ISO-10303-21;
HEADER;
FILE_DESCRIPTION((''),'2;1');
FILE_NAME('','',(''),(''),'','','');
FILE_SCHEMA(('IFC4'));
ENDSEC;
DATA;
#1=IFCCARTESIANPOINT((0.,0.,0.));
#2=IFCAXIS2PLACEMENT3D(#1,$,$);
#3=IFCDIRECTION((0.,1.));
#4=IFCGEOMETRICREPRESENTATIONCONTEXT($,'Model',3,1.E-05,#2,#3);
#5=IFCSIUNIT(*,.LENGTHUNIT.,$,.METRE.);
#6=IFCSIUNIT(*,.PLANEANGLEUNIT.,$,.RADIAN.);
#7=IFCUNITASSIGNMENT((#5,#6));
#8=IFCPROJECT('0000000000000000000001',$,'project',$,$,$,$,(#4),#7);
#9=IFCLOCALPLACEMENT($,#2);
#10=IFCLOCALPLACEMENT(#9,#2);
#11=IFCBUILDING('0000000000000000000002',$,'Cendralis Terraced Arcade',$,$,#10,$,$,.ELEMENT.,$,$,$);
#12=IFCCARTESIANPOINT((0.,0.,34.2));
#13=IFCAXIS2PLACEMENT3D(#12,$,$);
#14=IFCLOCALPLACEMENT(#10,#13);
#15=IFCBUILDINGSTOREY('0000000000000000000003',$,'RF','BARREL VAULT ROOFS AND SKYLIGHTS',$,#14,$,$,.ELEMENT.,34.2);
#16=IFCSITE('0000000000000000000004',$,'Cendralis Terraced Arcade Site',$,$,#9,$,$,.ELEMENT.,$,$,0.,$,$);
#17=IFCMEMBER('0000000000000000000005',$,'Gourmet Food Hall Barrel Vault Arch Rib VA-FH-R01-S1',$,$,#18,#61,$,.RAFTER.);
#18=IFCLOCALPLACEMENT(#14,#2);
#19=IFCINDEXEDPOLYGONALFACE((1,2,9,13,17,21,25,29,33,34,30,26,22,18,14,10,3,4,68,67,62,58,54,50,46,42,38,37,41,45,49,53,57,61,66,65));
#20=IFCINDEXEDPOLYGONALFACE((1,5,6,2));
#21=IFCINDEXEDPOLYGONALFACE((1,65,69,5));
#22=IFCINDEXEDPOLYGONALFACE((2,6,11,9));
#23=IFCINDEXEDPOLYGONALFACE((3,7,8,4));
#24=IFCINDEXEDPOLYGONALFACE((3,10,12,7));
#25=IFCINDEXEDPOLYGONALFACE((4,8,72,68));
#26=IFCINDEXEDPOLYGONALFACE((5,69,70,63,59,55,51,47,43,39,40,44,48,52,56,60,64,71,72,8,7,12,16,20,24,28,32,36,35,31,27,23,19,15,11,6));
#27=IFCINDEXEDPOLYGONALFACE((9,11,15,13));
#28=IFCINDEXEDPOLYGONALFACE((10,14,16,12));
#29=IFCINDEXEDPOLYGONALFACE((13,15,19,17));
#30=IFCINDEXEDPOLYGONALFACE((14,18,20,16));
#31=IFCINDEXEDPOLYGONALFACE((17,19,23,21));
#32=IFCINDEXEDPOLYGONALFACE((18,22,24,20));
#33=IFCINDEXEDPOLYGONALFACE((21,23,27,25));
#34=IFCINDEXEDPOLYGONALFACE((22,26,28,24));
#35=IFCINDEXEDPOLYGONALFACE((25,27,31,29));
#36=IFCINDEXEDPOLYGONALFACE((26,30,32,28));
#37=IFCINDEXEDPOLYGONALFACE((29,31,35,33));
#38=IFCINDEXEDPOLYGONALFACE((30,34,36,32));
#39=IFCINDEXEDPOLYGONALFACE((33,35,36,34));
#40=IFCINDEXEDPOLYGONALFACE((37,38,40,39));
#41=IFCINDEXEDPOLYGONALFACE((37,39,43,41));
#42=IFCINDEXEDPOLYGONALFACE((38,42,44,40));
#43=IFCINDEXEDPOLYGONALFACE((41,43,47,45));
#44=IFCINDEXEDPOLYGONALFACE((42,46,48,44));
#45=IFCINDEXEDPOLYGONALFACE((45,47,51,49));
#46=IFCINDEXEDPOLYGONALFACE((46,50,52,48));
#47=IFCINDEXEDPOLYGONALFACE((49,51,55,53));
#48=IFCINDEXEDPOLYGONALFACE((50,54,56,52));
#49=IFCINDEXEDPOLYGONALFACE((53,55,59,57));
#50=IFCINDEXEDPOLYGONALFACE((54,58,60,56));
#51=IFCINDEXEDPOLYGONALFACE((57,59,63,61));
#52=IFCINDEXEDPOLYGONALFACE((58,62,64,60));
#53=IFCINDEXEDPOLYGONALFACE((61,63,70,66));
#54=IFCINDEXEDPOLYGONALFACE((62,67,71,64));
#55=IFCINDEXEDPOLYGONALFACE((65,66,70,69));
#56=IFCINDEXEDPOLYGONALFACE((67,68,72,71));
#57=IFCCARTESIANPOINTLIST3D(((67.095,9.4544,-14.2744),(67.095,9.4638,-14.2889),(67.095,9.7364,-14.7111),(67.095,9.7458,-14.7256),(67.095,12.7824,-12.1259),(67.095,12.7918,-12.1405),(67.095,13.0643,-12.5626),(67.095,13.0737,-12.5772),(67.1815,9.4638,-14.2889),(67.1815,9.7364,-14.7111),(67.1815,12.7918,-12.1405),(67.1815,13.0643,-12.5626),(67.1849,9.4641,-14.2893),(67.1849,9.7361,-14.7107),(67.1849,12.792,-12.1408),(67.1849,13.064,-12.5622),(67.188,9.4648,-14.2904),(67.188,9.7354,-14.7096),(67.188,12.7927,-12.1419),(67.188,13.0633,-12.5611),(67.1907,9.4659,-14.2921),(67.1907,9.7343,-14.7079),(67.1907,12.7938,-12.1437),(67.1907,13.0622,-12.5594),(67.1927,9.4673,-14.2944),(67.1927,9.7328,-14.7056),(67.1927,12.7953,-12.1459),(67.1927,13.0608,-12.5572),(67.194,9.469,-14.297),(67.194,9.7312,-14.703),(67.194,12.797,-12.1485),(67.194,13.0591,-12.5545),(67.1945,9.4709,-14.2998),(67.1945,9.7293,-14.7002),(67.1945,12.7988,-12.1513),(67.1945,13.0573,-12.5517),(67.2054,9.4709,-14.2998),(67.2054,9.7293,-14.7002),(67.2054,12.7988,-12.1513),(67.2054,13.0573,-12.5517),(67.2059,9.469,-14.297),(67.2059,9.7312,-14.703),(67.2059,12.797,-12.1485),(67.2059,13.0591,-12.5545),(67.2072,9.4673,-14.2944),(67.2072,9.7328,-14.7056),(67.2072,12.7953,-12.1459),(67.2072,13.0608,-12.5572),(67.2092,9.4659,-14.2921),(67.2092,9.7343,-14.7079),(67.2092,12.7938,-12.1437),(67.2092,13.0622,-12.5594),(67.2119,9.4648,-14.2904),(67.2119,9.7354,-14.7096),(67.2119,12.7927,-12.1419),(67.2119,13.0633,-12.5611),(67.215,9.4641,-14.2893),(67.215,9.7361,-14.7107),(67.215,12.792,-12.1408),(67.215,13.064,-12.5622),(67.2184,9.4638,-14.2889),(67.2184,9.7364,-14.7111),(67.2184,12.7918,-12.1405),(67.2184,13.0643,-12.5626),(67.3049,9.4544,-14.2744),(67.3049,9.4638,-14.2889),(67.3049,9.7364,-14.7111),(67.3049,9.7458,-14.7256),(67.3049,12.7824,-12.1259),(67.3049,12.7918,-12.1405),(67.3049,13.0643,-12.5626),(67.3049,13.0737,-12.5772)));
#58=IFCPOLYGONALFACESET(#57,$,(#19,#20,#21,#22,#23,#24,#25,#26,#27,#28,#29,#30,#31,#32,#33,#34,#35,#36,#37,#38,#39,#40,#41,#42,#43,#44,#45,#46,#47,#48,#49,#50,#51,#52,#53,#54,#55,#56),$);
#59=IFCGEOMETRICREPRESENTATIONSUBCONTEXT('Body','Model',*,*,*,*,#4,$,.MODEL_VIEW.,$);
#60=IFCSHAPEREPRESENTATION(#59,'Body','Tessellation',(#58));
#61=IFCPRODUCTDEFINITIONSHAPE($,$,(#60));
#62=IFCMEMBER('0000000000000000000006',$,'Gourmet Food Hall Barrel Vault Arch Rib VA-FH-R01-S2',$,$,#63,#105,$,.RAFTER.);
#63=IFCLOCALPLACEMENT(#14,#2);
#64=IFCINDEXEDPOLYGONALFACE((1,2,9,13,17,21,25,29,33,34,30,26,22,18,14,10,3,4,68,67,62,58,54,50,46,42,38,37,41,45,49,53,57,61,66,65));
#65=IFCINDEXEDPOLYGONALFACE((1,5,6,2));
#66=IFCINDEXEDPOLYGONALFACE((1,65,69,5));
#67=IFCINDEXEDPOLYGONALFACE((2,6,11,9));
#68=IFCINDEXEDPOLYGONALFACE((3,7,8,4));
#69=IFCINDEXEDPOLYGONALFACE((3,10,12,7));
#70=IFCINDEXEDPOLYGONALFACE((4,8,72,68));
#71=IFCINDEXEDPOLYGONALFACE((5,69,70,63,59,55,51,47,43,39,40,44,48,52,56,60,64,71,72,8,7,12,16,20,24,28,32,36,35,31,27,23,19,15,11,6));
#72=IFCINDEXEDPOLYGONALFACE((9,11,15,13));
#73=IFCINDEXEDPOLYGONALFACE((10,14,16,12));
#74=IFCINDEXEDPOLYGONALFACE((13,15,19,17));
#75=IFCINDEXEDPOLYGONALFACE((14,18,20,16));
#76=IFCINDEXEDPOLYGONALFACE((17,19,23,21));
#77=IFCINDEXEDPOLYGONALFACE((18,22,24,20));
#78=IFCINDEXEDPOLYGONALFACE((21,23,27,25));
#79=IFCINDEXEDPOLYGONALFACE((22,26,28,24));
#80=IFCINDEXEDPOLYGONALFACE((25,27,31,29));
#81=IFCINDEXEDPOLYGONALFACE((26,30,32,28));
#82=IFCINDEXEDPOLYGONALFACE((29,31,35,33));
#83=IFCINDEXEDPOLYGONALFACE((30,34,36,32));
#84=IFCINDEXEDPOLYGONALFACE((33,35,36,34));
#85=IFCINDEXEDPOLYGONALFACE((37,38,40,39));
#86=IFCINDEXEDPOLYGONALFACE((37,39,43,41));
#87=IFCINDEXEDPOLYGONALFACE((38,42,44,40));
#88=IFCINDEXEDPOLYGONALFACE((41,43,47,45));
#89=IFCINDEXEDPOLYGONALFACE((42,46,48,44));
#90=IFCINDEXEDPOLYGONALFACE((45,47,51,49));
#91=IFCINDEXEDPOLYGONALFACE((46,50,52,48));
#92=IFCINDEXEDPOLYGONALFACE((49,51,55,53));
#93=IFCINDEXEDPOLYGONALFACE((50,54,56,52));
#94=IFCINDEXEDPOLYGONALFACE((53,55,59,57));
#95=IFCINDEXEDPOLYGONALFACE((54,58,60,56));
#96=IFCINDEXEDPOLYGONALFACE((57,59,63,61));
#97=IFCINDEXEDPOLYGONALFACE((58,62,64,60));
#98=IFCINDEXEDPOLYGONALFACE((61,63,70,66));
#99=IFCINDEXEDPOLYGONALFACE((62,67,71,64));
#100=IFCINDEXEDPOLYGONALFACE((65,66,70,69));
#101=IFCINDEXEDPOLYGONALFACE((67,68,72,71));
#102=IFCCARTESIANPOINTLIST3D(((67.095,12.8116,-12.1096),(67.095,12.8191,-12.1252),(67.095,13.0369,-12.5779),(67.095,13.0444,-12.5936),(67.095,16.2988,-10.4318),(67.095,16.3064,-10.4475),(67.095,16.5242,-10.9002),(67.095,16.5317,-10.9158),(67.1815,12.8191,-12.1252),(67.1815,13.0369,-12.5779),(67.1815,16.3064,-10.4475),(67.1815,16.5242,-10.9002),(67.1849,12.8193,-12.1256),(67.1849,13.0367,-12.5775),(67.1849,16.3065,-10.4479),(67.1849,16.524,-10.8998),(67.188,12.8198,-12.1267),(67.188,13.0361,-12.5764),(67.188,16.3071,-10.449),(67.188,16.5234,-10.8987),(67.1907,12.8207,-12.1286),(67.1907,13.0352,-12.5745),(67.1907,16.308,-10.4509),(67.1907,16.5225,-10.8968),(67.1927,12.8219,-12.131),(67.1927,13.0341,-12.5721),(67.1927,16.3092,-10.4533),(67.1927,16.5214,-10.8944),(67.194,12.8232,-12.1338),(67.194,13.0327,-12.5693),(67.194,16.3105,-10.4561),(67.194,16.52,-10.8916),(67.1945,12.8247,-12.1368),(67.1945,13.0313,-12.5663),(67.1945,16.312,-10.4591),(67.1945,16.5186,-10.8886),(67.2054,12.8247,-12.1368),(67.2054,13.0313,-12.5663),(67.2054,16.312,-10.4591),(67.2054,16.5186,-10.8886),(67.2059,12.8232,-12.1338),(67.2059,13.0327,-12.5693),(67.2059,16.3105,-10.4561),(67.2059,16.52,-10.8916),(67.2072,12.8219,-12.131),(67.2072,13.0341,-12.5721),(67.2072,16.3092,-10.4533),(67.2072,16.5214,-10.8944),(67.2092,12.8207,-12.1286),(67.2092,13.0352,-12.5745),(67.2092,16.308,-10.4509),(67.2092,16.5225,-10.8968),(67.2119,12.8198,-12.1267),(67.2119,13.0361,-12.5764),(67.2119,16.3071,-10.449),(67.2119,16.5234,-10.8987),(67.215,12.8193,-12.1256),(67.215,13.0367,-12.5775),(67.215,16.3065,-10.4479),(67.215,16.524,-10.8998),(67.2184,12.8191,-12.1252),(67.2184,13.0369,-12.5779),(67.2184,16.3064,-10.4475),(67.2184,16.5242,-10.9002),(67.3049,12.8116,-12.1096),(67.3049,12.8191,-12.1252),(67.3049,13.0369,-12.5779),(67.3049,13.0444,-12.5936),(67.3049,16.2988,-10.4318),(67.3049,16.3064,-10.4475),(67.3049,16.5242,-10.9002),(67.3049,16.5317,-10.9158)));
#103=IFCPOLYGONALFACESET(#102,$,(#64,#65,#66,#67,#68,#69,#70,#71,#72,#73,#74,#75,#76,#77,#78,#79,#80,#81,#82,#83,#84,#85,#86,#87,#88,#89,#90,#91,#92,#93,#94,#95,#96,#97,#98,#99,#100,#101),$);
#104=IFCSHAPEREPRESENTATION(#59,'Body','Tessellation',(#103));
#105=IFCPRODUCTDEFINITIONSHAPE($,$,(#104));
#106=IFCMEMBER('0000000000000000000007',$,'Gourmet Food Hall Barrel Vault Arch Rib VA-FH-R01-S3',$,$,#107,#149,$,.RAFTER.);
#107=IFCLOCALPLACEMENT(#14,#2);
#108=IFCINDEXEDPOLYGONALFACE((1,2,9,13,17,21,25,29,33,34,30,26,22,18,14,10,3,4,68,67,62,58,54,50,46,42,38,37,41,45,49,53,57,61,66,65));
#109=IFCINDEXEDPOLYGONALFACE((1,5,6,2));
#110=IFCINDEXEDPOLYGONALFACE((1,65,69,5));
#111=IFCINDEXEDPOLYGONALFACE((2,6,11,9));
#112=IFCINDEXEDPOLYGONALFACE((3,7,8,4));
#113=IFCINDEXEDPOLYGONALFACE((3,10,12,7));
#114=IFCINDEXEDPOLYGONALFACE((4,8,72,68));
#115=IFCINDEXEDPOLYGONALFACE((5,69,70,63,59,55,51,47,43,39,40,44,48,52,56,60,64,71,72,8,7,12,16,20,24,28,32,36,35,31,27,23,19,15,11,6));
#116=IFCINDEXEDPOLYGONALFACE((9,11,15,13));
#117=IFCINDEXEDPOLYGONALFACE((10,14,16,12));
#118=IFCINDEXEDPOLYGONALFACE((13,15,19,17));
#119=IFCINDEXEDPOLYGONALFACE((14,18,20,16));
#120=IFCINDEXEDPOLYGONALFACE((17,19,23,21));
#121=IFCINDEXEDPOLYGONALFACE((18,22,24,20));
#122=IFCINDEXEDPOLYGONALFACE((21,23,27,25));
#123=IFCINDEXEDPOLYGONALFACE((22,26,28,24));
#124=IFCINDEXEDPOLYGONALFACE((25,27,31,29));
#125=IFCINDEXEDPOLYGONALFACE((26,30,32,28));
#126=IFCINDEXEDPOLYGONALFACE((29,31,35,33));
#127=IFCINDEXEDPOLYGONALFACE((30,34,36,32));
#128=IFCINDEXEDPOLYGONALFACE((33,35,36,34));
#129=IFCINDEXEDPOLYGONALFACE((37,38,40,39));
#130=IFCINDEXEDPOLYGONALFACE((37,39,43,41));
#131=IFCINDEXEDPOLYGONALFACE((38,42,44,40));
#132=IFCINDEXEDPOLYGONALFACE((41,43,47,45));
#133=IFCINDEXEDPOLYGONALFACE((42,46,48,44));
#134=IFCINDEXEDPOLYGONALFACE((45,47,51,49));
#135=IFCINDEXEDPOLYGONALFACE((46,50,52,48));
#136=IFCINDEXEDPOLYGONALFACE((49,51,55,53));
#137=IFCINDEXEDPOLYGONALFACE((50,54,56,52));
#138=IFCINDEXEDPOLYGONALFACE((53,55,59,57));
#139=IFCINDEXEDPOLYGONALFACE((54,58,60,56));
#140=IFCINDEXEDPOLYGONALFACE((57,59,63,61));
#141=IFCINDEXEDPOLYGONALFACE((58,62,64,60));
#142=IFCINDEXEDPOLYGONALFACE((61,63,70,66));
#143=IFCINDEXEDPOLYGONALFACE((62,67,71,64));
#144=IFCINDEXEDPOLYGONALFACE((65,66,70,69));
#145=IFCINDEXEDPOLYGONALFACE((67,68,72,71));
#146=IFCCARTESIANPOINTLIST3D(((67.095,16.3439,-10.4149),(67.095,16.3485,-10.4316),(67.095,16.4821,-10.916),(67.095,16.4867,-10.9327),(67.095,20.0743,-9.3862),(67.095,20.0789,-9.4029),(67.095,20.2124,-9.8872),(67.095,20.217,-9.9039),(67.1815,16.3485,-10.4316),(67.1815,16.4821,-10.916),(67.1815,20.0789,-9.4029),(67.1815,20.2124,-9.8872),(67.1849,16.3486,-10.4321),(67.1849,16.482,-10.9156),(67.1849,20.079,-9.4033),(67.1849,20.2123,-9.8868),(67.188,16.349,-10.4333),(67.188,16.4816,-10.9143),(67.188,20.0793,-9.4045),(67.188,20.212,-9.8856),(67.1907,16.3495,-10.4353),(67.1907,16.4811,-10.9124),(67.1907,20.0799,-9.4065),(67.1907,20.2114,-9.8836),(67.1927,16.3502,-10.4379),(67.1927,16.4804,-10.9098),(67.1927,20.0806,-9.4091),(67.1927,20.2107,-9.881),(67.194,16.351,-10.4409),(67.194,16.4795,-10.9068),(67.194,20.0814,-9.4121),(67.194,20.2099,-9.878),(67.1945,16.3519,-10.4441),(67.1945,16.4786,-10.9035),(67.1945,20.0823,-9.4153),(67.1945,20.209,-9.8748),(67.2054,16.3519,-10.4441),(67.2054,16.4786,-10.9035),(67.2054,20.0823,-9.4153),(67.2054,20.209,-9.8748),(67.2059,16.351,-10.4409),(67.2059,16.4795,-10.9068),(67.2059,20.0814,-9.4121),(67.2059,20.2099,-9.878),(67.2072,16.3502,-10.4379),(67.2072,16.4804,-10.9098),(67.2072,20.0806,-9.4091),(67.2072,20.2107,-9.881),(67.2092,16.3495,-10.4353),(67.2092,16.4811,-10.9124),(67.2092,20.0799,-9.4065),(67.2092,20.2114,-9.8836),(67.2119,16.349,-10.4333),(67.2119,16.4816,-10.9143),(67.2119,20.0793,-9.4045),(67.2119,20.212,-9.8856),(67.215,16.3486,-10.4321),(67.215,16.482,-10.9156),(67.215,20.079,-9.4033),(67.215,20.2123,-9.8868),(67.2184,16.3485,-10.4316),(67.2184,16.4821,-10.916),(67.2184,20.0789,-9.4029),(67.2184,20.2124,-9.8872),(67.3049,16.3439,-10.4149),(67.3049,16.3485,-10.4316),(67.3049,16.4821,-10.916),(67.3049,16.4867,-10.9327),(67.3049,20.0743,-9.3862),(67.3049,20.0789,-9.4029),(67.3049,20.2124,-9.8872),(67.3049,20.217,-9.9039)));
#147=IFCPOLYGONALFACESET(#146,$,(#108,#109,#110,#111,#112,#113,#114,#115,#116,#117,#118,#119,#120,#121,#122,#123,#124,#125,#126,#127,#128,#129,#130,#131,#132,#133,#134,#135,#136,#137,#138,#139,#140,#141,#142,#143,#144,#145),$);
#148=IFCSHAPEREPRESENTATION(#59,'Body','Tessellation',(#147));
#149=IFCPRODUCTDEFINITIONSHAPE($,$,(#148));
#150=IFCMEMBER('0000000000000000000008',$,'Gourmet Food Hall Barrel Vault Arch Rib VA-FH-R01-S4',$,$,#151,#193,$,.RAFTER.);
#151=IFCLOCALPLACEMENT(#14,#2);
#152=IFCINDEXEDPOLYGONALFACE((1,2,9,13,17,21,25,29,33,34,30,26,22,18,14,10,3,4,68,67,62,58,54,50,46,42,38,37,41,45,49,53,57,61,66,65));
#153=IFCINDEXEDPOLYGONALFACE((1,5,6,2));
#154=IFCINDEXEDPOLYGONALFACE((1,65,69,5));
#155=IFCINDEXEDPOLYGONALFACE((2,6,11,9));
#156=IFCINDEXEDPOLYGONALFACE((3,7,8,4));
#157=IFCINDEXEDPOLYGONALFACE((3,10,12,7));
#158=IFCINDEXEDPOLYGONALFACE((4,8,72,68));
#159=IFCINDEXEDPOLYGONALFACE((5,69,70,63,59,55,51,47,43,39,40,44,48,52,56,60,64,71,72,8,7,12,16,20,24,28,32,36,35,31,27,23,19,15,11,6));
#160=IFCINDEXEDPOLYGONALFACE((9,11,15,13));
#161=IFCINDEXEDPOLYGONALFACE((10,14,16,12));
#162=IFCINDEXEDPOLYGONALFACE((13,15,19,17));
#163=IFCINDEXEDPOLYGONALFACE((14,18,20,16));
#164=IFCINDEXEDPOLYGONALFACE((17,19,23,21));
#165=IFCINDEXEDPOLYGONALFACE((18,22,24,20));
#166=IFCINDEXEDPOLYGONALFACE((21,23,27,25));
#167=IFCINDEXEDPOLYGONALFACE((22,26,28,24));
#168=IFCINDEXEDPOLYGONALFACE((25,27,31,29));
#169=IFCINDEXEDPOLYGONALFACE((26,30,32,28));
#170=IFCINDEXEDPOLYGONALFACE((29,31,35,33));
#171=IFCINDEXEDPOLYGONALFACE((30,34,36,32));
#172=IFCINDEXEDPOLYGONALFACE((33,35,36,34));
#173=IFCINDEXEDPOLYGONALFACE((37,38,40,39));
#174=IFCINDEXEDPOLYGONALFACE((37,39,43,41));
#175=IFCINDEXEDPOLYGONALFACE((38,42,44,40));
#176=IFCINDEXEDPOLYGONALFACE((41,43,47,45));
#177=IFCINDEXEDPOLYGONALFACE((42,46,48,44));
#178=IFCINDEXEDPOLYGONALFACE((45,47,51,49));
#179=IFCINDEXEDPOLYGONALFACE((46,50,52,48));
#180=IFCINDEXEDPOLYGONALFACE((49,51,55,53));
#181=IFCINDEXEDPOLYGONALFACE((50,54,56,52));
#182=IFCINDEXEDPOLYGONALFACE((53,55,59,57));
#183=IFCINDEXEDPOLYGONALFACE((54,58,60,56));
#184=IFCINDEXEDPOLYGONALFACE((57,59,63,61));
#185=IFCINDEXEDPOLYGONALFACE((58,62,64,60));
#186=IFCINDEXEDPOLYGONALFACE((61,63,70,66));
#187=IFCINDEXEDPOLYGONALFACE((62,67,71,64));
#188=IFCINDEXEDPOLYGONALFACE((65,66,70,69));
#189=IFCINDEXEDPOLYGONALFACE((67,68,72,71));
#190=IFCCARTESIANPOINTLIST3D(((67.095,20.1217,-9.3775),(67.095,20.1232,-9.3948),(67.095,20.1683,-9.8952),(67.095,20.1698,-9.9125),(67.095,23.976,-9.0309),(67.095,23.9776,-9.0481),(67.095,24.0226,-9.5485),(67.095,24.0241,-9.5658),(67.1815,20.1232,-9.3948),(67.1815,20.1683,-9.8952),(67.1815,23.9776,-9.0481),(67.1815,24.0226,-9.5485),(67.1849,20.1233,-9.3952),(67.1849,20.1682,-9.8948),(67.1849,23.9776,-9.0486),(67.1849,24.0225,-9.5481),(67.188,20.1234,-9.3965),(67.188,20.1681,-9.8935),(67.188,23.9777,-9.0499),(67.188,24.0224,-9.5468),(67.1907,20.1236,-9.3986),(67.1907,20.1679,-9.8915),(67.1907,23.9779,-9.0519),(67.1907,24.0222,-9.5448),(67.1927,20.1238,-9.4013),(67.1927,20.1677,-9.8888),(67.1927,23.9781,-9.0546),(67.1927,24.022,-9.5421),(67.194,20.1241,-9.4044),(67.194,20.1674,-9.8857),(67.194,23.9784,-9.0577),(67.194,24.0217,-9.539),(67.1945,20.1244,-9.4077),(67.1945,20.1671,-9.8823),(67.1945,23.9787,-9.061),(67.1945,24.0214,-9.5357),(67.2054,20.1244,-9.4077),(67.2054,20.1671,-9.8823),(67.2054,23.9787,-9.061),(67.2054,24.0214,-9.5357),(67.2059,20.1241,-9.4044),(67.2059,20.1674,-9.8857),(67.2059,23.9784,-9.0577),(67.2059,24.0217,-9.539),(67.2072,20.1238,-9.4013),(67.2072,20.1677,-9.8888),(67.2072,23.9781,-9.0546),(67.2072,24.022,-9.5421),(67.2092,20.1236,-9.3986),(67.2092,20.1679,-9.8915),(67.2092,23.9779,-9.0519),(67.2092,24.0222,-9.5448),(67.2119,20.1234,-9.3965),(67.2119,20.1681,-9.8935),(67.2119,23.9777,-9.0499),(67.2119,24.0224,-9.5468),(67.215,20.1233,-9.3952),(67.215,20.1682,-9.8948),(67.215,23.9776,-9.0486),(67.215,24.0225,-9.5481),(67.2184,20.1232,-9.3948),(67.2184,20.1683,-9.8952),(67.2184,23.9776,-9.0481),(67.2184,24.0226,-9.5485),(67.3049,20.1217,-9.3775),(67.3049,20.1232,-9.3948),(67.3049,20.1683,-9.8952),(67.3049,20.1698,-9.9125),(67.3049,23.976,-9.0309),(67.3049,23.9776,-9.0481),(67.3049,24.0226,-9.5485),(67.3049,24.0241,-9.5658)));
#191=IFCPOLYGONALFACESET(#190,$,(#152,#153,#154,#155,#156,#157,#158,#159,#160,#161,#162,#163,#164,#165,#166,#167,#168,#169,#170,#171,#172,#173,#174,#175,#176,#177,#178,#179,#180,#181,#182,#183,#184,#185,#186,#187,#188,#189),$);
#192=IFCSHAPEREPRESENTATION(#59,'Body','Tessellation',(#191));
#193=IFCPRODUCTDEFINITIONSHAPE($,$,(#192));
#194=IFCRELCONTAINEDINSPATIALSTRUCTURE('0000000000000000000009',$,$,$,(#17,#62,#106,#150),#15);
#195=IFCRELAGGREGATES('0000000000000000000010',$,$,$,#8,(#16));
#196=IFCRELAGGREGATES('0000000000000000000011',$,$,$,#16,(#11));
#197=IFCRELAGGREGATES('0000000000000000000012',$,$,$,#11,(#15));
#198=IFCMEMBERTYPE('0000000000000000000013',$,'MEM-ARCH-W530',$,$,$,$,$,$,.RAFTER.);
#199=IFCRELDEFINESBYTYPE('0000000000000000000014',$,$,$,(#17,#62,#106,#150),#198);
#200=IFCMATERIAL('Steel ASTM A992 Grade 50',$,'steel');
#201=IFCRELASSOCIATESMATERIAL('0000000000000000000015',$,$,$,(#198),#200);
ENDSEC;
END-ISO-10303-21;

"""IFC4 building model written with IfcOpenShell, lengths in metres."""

from ifc_helpers import new_model, si_unit, direction, frame, origin, origin_2d, place, context, subcontext, project, spatial, i_section, extrude, material, material_profile, profile_set, type_object, element, save


model = new_model("IFC4")

# Units and contexts
model_context = context("Model", 3, precision=1e-05, world=origin(), true_north=direction((0.0, 1.0)))
body_context = subcontext(model_context, "Body", "Model", "MODEL_VIEW")
ifc_project = project(units=[si_unit("LENGTHUNIT", "METRE"), si_unit("PLANEANGLEUNIT", "RADIAN")], contexts=[model_context])

# Site, building, storey
site_placement = place(None, origin())
site = spatial("IfcSite", under=ifc_project, at=site_placement, Name="Cendralis Terraced Arcade Site", CompositionType="ELEMENT", RefElevation=0.0)
building_placement = place(site_placement, origin())
building = spatial("IfcBuilding", under=site, at=building_placement, Name="Cendralis Terraced Arcade", CompositionType="ELEMENT")
storey_placement = place(building_placement, frame((0.0, 0.0, 34.2)))
storey = spatial("IfcBuildingStorey", under=building, at=storey_placement, Name="RF", Description="BARREL VAULT ROOFS AND SKYLIGHTS", CompositionType="ELEMENT", Elevation=34.2)

# Members
ifc_material_1 = material(Name="Steel ASTM A992 Grade 50", Category="steel")
ifc_material_profile_1 = material_profile(ifc_material_1, i_section(OverallWidth=0.21, OverallDepth=0.5371, WebThickness=0.011, FlangeThickness=0.0173, FilletRadius=0.0129, at=origin_2d()), Name="W530X101", Category="LoadBearing")
ifc_profile_set_1 = profile_set([ifc_material_profile_1], Name="Steel ASTM A992 Grade 50")
member_type_1 = type_object("IfcMemberType", Name="MEM-ARCH-W530", PredefinedType="RAFTER", material=ifc_profile_set_1)
member_1_placement = place(storey_placement, frame((67.2, 9.6001, -14.5), z_axis=(0.0, 0.840134, 0.54238), x_axis=(-1.0, 0.0, 0.0)))
element("IfcMember", 1, at=member_1_placement, inside=storey, type_object=member_type_1, Name="Gourmet Food Hall Barrel Vault Arch Rib VA-FH-R01-S1", PredefinedType="RAFTER", context=body_context, shape_type="SweptSolid", body=[
    extrude(i_section(OverallWidth=0.21, OverallDepth=0.5371, WebThickness=0.011, FlangeThickness=0.0173, FilletRadius=0.0129, at=origin_2d()), origin(), (0.0, 0.0, 1.0), 3.9612),
])
member_2_placement = place(storey_placement, frame((67.2, 12.928, -12.3516), z_axis=(0.0, 0.901137, 0.433535), x_axis=(-1.0, 0.0, 0.0)))
element("IfcMember", 2, at=member_2_placement, inside=storey, type_object=member_type_1, Name="Gourmet Food Hall Barrel Vault Arch Rib VA-FH-R01-S2", PredefinedType="RAFTER", context=body_context, shape_type="SweptSolid", body=[
    extrude(i_section(OverallWidth=0.21, OverallDepth=0.5371, WebThickness=0.011, FlangeThickness=0.0173, FilletRadius=0.0129, at=origin_2d()), origin(), (0.0, 0.0, 1.0), 3.8699),
])
member_3_placement = place(storey_placement, frame((67.2, 16.4153, -10.6738), z_axis=(0.0, 0.964012, 0.26586), x_axis=(-1.0, 0.0, 0.0)))
element("IfcMember", 3, at=member_3_placement, inside=storey, type_object=member_type_1, Name="Gourmet Food Hall Barrel Vault Arch Rib VA-FH-R01-S3", PredefinedType="RAFTER", context=body_context, shape_type="SweptSolid", body=[
    extrude(i_section(OverallWidth=0.21, OverallDepth=0.5371, WebThickness=0.011, FlangeThickness=0.0173, FilletRadius=0.0129, at=origin_2d()), origin(), (0.0, 0.0, 1.0), 3.8696),
])
for number, where, z_axis, x_axis, name in (
    (4, (67.2, 20.1458, -9.645), (0.0, 0.995979, 0.089586), (-1.0, 0.0, 0.0), "Gourmet Food Hall Barrel Vault Arch Rib VA-FH-R01-S4"),
):
    element("IfcMember", number, at=place(storey_placement, frame(where, z_axis=z_axis, x_axis=x_axis)), inside=storey, type_object=member_type_1, Name=name, PredefinedType="RAFTER", context=body_context, shape_type="SweptSolid", body=[
        extrude(i_section(OverallWidth=0.21, OverallDepth=0.5371, WebThickness=0.011, FlangeThickness=0.0173, FilletRadius=0.0129, at=origin_2d()), origin(), (0.0, 0.0, 1.0), 3.8699),
    ])

save(model, "model.ifc")
